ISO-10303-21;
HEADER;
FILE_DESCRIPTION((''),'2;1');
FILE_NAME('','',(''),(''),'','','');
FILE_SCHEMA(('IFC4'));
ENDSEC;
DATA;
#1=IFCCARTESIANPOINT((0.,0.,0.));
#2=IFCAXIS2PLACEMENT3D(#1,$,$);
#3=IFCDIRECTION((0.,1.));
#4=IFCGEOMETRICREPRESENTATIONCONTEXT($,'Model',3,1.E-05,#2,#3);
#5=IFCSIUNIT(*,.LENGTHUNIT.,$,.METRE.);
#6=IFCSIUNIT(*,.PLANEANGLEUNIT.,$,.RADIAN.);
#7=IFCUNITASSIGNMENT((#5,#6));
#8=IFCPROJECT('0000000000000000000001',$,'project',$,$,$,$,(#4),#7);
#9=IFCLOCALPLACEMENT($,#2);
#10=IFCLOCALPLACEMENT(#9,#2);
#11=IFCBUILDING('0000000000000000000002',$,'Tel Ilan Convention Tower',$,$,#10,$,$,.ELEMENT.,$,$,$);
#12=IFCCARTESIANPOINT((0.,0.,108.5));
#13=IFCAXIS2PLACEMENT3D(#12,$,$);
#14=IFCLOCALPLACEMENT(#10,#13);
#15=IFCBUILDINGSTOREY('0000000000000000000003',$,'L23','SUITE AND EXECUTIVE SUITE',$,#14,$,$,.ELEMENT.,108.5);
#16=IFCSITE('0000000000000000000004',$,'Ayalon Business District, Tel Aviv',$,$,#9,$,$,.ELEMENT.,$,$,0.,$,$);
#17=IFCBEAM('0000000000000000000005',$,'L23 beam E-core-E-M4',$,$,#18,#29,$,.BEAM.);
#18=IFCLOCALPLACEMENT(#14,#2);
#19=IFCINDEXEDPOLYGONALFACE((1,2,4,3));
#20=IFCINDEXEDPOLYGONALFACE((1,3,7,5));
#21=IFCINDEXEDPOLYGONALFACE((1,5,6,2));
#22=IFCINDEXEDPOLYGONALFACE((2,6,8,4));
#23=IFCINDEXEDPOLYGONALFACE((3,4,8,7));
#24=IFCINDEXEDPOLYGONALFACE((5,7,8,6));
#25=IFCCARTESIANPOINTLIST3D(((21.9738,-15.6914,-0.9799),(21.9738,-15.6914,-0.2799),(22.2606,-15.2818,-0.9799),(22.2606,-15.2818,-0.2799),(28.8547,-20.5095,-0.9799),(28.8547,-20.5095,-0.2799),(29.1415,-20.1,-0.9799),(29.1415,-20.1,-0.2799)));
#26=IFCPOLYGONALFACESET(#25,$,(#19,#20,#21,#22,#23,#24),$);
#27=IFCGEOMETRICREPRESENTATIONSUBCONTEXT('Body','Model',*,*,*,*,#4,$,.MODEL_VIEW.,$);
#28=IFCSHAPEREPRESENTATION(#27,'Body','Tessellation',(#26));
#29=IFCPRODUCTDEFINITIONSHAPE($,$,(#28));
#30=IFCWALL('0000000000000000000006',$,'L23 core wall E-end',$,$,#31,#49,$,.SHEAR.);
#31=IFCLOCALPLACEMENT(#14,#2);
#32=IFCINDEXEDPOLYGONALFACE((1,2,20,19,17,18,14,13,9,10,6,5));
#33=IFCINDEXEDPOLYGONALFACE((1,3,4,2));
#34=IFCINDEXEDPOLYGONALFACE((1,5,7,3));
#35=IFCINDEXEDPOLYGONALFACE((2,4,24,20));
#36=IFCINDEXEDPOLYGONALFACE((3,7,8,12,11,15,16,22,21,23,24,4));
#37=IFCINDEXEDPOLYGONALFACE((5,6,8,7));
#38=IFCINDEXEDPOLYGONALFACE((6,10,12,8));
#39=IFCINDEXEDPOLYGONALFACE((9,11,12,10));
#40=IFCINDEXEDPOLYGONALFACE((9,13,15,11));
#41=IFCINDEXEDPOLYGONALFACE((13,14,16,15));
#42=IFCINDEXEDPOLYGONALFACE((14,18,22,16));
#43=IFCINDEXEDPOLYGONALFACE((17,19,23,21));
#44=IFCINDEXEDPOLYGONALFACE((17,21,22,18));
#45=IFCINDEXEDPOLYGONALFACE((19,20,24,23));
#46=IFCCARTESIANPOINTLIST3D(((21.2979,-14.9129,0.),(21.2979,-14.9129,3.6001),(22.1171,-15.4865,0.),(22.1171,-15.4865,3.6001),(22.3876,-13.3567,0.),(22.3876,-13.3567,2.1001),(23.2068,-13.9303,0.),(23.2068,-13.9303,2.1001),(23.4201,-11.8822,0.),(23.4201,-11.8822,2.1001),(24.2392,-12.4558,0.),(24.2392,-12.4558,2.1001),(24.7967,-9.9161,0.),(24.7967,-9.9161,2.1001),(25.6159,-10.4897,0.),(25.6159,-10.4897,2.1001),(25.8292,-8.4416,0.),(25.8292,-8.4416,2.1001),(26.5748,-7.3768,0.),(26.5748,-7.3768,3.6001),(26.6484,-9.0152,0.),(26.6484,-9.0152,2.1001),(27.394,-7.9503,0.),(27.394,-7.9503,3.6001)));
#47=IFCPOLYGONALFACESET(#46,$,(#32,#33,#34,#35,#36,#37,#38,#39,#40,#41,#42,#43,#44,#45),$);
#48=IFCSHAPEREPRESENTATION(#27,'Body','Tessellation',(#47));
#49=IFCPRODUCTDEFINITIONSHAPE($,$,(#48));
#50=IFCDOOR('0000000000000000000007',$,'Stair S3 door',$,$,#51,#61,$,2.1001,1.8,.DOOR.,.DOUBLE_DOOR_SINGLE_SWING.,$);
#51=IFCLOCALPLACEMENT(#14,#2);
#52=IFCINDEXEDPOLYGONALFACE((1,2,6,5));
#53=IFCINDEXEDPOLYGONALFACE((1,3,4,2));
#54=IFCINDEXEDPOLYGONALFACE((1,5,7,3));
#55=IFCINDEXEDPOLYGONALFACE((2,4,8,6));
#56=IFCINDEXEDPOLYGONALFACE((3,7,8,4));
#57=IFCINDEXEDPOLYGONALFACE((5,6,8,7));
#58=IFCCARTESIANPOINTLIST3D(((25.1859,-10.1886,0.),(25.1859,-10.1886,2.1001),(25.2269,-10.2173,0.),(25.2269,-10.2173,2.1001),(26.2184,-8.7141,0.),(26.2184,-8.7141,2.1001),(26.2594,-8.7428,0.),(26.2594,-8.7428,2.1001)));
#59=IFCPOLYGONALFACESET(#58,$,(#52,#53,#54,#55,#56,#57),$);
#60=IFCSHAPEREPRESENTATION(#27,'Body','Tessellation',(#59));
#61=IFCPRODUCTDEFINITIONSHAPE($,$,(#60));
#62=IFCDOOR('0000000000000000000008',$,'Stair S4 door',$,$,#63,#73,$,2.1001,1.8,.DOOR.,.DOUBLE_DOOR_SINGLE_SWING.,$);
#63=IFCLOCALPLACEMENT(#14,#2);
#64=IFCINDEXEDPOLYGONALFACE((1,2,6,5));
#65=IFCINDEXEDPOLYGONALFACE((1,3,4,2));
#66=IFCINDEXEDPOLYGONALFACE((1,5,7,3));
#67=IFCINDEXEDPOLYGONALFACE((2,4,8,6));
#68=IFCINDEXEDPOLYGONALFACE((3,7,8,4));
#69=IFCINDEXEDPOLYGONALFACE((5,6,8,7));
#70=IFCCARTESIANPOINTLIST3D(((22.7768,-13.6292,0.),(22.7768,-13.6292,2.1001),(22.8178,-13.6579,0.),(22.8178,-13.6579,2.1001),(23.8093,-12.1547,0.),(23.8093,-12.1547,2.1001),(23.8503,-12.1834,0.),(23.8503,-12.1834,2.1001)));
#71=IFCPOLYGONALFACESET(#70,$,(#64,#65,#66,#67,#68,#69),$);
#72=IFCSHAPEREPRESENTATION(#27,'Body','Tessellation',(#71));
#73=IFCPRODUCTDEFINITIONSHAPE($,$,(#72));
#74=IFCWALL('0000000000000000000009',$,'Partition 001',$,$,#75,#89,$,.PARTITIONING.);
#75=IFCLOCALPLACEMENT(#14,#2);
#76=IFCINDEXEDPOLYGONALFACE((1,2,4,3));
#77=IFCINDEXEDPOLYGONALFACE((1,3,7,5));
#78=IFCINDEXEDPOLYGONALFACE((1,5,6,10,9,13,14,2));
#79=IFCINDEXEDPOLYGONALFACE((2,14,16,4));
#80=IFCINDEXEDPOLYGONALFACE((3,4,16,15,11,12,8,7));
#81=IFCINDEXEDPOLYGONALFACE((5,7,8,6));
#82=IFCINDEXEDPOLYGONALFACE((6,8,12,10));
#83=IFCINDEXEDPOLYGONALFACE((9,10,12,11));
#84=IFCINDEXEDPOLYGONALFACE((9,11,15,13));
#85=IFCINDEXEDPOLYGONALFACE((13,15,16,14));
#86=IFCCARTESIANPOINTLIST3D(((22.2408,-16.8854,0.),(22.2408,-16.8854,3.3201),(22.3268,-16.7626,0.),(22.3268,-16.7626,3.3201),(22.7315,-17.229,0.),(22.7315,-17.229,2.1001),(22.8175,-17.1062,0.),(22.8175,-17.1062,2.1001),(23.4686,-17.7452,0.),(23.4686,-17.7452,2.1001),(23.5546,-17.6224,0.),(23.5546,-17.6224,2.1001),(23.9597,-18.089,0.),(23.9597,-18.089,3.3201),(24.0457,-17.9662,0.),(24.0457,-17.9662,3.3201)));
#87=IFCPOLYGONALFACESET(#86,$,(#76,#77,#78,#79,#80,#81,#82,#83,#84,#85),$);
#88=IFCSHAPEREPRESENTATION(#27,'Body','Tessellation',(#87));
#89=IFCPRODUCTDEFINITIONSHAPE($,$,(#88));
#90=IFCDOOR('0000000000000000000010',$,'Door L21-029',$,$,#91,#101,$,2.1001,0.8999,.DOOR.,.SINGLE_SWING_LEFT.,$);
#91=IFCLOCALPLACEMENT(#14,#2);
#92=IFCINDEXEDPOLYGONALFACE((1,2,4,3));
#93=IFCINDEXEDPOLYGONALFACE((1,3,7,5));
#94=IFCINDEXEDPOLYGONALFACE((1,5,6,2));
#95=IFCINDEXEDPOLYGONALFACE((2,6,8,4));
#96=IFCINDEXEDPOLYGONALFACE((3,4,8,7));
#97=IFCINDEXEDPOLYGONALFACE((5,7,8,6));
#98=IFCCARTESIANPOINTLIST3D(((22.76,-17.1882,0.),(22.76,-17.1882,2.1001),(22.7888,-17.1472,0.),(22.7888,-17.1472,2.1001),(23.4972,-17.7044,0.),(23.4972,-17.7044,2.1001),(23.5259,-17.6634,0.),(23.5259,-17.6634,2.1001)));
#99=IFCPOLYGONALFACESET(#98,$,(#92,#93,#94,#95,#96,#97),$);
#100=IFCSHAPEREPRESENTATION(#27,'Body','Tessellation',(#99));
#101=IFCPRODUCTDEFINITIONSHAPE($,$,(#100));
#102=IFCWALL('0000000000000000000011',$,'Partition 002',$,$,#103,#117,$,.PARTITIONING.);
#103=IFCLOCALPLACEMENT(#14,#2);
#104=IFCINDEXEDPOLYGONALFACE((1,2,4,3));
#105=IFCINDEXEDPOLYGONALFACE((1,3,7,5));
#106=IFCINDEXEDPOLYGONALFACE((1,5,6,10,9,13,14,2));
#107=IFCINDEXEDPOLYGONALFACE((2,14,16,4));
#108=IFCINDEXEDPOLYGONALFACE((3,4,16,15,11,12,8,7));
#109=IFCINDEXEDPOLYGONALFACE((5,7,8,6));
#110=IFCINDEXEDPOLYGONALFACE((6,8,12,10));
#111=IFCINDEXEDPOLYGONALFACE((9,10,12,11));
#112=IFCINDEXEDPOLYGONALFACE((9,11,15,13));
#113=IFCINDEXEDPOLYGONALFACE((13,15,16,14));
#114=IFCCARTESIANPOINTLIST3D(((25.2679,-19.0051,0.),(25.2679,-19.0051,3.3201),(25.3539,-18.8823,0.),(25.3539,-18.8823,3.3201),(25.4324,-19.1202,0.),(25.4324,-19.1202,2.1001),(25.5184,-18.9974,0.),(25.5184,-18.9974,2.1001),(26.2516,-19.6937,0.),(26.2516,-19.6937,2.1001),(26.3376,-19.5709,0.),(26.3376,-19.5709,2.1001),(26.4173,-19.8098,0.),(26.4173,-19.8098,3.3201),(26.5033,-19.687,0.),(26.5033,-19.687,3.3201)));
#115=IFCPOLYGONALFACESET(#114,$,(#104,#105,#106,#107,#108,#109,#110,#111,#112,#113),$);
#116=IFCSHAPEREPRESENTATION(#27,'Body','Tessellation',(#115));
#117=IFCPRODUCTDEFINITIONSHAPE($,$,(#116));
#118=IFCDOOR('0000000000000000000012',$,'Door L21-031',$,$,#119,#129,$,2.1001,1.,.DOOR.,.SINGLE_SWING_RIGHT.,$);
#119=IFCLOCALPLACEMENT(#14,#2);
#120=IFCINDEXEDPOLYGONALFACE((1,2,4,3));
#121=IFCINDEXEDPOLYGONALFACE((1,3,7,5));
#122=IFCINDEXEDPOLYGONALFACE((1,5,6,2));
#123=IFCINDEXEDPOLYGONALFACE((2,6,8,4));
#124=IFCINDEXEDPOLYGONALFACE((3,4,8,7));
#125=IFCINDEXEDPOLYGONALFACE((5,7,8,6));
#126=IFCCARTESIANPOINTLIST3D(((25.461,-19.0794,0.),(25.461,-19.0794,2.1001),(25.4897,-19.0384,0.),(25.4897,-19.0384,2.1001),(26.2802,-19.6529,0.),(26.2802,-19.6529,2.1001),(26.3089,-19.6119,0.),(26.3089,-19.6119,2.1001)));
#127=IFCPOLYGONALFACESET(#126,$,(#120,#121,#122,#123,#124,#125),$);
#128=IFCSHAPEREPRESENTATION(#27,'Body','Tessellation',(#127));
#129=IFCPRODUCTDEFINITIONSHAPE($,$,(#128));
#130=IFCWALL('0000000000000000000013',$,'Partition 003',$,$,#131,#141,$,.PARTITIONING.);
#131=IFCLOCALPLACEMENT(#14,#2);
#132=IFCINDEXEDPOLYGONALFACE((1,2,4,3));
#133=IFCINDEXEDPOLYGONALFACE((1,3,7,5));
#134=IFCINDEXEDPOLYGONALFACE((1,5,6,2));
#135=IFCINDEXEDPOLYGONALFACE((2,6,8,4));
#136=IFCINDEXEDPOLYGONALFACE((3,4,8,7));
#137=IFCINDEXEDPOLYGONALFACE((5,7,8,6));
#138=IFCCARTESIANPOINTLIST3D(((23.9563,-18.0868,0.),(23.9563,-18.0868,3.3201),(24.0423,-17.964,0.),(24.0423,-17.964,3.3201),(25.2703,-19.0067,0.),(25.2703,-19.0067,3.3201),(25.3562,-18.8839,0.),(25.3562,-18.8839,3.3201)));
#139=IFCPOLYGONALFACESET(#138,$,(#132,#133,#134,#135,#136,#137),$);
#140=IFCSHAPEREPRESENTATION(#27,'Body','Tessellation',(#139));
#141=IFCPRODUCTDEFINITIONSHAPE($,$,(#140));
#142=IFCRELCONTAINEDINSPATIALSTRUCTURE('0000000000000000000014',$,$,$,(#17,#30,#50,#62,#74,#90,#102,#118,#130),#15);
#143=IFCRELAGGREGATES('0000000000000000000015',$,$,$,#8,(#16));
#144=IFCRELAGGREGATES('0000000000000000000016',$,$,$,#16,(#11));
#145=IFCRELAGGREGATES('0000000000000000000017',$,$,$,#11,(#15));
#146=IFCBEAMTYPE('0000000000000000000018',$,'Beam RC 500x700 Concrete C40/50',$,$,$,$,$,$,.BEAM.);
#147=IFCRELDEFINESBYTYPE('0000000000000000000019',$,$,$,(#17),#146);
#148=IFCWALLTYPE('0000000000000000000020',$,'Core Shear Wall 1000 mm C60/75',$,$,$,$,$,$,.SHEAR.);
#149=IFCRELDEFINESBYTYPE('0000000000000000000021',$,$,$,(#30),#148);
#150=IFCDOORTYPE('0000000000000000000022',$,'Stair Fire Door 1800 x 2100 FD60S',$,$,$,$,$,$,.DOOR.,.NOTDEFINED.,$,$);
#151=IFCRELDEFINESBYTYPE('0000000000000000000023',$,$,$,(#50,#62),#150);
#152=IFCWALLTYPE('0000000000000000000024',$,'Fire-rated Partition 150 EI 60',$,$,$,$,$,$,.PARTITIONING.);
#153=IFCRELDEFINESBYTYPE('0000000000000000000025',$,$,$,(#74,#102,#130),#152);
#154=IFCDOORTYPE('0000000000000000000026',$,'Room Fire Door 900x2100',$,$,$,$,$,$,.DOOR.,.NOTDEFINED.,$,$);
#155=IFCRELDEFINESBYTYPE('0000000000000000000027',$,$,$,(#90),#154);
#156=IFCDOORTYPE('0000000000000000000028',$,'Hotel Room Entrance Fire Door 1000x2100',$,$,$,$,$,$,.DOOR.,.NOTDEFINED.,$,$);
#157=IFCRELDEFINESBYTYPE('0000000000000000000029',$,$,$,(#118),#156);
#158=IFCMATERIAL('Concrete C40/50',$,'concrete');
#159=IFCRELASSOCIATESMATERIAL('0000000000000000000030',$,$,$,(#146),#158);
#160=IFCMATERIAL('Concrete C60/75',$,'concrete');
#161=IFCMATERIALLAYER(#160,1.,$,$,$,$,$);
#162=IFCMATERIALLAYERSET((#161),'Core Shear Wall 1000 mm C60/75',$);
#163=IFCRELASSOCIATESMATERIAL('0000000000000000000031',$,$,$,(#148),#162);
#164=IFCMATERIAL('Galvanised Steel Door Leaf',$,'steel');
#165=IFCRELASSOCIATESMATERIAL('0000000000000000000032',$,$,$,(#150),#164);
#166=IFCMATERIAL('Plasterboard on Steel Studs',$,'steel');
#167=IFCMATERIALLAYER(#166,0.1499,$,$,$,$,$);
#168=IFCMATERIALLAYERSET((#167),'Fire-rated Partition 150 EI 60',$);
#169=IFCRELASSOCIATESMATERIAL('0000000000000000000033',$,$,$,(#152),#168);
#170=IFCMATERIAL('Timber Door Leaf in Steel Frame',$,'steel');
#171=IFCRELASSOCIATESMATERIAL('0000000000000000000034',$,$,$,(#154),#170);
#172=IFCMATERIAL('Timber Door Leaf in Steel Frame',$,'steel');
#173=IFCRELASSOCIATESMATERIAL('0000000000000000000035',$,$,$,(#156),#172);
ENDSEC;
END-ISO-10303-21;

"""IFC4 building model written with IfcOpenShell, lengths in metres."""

from ifc_helpers import new_model, si_unit, direction, frame, frame_2d, origin, origin_2d, place, context, subcontext, project, spatial, polyline, rectangle, outline, extrude, material, layer, layer_set, material_profile, profile_set, type_object, element, fill, save


model = new_model("IFC4")

# Units and contexts
model_context = context("Model", 3, precision=1e-05, world=origin(), true_north=direction((0.0, 1.0)))
body_context = subcontext(model_context, "Body", "Model", "MODEL_VIEW")
ifc_project = project(units=[si_unit("LENGTHUNIT", "METRE"), si_unit("PLANEANGLEUNIT", "RADIAN")], contexts=[model_context])

# Site, building, storey
site_placement = place(None, origin())
site = spatial("IfcSite", under=ifc_project, at=site_placement, Name="Ayalon Business District, Tel Aviv", CompositionType="ELEMENT", RefElevation=0.0)
building_placement = place(site_placement, origin())
building = spatial("IfcBuilding", under=site, at=building_placement, Name="Tel Ilan Convention Tower", CompositionType="ELEMENT")
storey_placement = place(building_placement, frame((0.0, 0.0, 108.5)))
storey = spatial("IfcBuildingStorey", under=building, at=storey_placement, Name="L23", Description="SUITE AND EXECUTIVE SUITE", CompositionType="ELEMENT", Elevation=108.5)

# Beam
ifc_material_1 = material(Name="Concrete C40/50", Category="concrete")
ifc_material_profile = material_profile(ifc_material_1, rectangle(XDim=0.5, YDim=0.7, at=origin_2d()), Name="RC 500x700")
ifc_profile_set = profile_set([ifc_material_profile], Name="Concrete C40/50")
beam_type = type_object("IfcBeamType", Name="Beam RC 500x700 Concrete C40/50", PredefinedType="BEAM", material=ifc_profile_set)
beam_placement = place(storey_placement, frame((22.1172, -15.4866, -0.6299), z_axis=(0.819147, -0.573583, 0.0), x_axis=(0.573583, 0.819147, 0.0)))
element("IfcBeam", 1, at=beam_placement, inside=storey, type_object=beam_type, Name="L23 beam E-core-E-M4", PredefinedType="BEAM", context=body_context, shape_type="SweptSolid", body=[
    extrude(rectangle(XDim=0.5, YDim=0.7, at=origin_2d()), origin(), (0.0, 0.0, 1.0), 8.4001),
])

# Wall, openings, doors
ifc_material_2 = material(Name="Concrete C60/75", Category="concrete")
ifc_layer_1 = layer(ifc_material_2, 1.0)
ifc_layer_set_1 = layer_set([ifc_layer_1], Name="Core Shear Wall 1000 mm C60/75")
wall_type_1 = type_object("IfcWallType", Name="Core Shear Wall 1000 mm C60/75", PredefinedType="SHEAR", material=ifc_layer_set_1)
wall_1_placement = place(storey_placement, frame((21.7075, -15.1997, 0.0), z_axis=(0.0, 0.0, 1.0), x_axis=(0.573576, 0.819152, 0.0)))
wall_1 = element("IfcWall", 2, at=wall_1_placement, inside=storey, type_object=wall_type_1, Name="L23 core wall E-end", PredefinedType="SHEAR", context=body_context, shape_type="SweptSolid", body=[
    extrude(outline(polyline([(9.2, 0.5), (0.0, 0.5), (0.0, -0.5), (9.2, -0.5), (9.2, 0.5)])), origin(), (0.0, 0.0, 1.0), 3.6001),
])
opening_1_placement = place(wall_1_placement, frame((6.1001, 0.0, 0.0)))
opening_1 = element("IfcOpeningElement", 3, at=opening_1_placement, cuts=wall_1, PredefinedType="OPENING", context=body_context, shape_type="SweptSolid", body=[
    extrude(rectangle(XDim=1.8, YDim=2.1001, at=frame_2d((0.8999, 1.05))), frame((0.0, 0.51, 0.0), z_axis=(0.0, -1.0, 0.0), x_axis=(1.0, 0.0, 0.0)), (0.0, 0.0, 1.0), 1.02),
])
opening_2_placement = place(wall_1_placement, frame((1.8999, 0.0, 0.0)))
opening_2 = element("IfcOpeningElement", 4, at=opening_2_placement, cuts=wall_1, PredefinedType="OPENING", context=body_context, shape_type="SweptSolid", body=[
    extrude(rectangle(XDim=1.8, YDim=2.1001, at=frame_2d((0.8999, 1.05))), frame((0.0, 0.51, 0.0), z_axis=(0.0, -1.0, 0.0), x_axis=(1.0, 0.0, 0.0)), (0.0, 0.0, 1.0), 1.02),
])
ifc_material_3 = material(Name="Galvanised Steel Door Leaf", Category="steel")
door_type_1 = type_object("IfcDoorType", Name="Stair Fire Door 1800 x 2100 FD60S", OperationType="NOTDEFINED", PredefinedType="DOOR", material=ifc_material_3)
door_1_placement = place(opening_1_placement, origin())
door_1 = element("IfcDoor", 5, at=door_1_placement, inside=storey, type_object=door_type_1, Name="Stair S3 door", OperationType="DOUBLE_DOOR_SINGLE_SWING", OverallHeight=2.1001, OverallWidth=1.8, PredefinedType="DOOR", context=body_context, shape_type="SweptSolid", body=[
    extrude(rectangle(XDim=1.8, YDim=2.1001, at=frame_2d((0.8999, 1.05))), frame((0.0, 0.0249, 0.0), z_axis=(0.0, -1.0, 0.0), x_axis=(1.0, 0.0, 0.0)), (0.0, 0.0, 1.0), 0.05),
])
fill(opening_1, door_1)
door_2_placement = place(opening_2_placement, origin())
door_2 = element("IfcDoor", 6, at=door_2_placement, inside=storey, type_object=door_type_1, Name="Stair S4 door", OperationType="DOUBLE_DOOR_SINGLE_SWING", OverallHeight=2.1001, OverallWidth=1.8, PredefinedType="DOOR", context=body_context, shape_type="SweptSolid", body=[
    extrude(rectangle(XDim=1.8, YDim=2.1001, at=frame_2d((0.8999, 1.05))), frame((0.0, 0.0249, 0.0), z_axis=(0.0, -1.0, 0.0), x_axis=(1.0, 0.0, 0.0)), (0.0, 0.0, 1.0), 0.05),
])
fill(opening_2, door_2)

# Walls, openings, doors
ifc_material_4 = material(Name="Plasterboard on Steel Studs", Category="steel")
ifc_layer_2 = layer(ifc_material_4, 0.1499)
ifc_layer_set_2 = layer_set([ifc_layer_2], Name="Fire-rated Partition 150 EI 60")
wall_type_2 = type_object("IfcWallType", Name="Fire-rated Partition 150 EI 60", PredefinedType="PARTITIONING", material=ifc_layer_set_2)
wall_2_placement = place(storey_placement, frame((22.2837, -16.824, 0.0), z_axis=(0.0, 0.0, 1.0), x_axis=(0.819161, -0.573564, 0.0)))
wall_2 = element("IfcWall", 7, at=wall_2_placement, inside=storey, type_object=wall_type_2, Name="Partition 001", PredefinedType="PARTITIONING", context=body_context, shape_type="SweptSolid", body=[
    extrude(rectangle(XDim=2.0984, YDim=0.1499, at=frame_2d((1.0493, 0.0))), origin(), (0.0, 0.0, 1.0), 3.3201),
])
opening_3_placement = place(wall_2_placement, frame((0.5991, 0.0, 0.0)))
opening_3 = element("IfcOpeningElement", 8, at=opening_3_placement, cuts=wall_2, PredefinedType="OPENING", context=body_context, shape_type="SweptSolid", body=[
    extrude(rectangle(XDim=0.8999, YDim=2.1001, at=frame_2d((0.45, 1.05))), frame((0.0, 0.085, 0.0), z_axis=(0.0, -1.0, 0.0), x_axis=(1.0, 0.0, 0.0)), (0.0, 0.0, 1.0), 0.1699),
])
ifc_material_5 = material(Name="Timber Door Leaf in Steel Frame", Category="steel")
door_type_2 = type_object("IfcDoorType", Name="Room Fire Door 900x2100", OperationType="NOTDEFINED", PredefinedType="DOOR", material=ifc_material_5)
door_3_placement = place(opening_3_placement, origin())
door_3 = element("IfcDoor", 9, at=door_3_placement, inside=storey, type_object=door_type_2, Name="Door L21-029", OperationType="SINGLE_SWING_LEFT", OverallHeight=2.1001, OverallWidth=0.8999, PredefinedType="DOOR", context=body_context, shape_type="SweptSolid", body=[
    extrude(rectangle(XDim=0.8999, YDim=2.1001, at=frame_2d((0.45, 1.05))), frame((0.0, 0.0249, 0.0), z_axis=(0.0, -1.0, 0.0), x_axis=(1.0, 0.0, 0.0)), (0.0, 0.0, 1.0), 0.05),
])
fill(opening_3, door_3)
wall_3_placement = place(storey_placement, frame((25.3108, -18.9436, 0.0), z_axis=(0.0, 0.0, 1.0), x_axis=(0.819199, -0.573509, 0.0)))
wall_3 = element("IfcWall", 10, at=wall_3_placement, inside=storey, type_object=wall_type_2, Name="Partition 002", PredefinedType="PARTITIONING", context=body_context, shape_type="SweptSolid", body=[
    extrude(rectangle(XDim=1.4031, YDim=0.1499, at=frame_2d((0.7017, 0.0))), origin(), (0.0, 0.0, 1.0), 3.3201),
])
opening_4_placement = place(wall_3_placement, frame((0.2009, 0.0, 0.0)))
opening_4 = element("IfcOpeningElement", 11, at=opening_4_placement, cuts=wall_3, PredefinedType="OPENING", context=body_context, shape_type="SweptSolid", body=[
    extrude(rectangle(XDim=1.0, YDim=2.1001, at=frame_2d((0.5, 1.05))), frame((0.0, 0.085, 0.0), z_axis=(0.0, -1.0, 0.0), x_axis=(1.0, 0.0, 0.0)), (0.0, 0.0, 1.0), 0.1699),
])
ifc_material_6 = material(Name="Timber Door Leaf in Steel Frame", Category="steel")
door_type_3 = type_object("IfcDoorType", Name="Hotel Room Entrance Fire Door 1000x2100", OperationType="NOTDEFINED", PredefinedType="DOOR", material=ifc_material_6)
door_4_placement = place(opening_4_placement, origin())
door_4 = element("IfcDoor", 12, at=door_4_placement, inside=storey, type_object=door_type_3, Name="Door L21-031", OperationType="SINGLE_SWING_RIGHT", OverallHeight=2.1001, OverallWidth=1.0, PredefinedType="DOOR", context=body_context, shape_type="SweptSolid", body=[
    extrude(rectangle(XDim=1.0, YDim=2.1001, at=frame_2d((0.5, 1.05))), frame((0.0, 0.0249, 0.0), z_axis=(0.0, -1.0, 0.0), x_axis=(1.0, 0.0, 0.0)), (0.0, 0.0, 1.0), 0.05),
])
fill(opening_4, door_4)

# Wall
wall_4_placement = place(storey_placement, frame((23.9993, -18.0254, 0.0), z_axis=(0.0, 0.0, 1.0), x_axis=(0.819189, -0.573524, 0.0)))
element("IfcWall", 13, at=wall_4_placement, inside=storey, type_object=wall_type_2, Name="Partition 003", PredefinedType="PARTITIONING", context=body_context, shape_type="SweptSolid", body=[
    extrude(rectangle(XDim=1.604, YDim=0.1499, at=frame_2d((0.802, 0.0))), origin(), (0.0, 0.0, 1.0), 3.3201),
])

save(model, "model.ifc")
